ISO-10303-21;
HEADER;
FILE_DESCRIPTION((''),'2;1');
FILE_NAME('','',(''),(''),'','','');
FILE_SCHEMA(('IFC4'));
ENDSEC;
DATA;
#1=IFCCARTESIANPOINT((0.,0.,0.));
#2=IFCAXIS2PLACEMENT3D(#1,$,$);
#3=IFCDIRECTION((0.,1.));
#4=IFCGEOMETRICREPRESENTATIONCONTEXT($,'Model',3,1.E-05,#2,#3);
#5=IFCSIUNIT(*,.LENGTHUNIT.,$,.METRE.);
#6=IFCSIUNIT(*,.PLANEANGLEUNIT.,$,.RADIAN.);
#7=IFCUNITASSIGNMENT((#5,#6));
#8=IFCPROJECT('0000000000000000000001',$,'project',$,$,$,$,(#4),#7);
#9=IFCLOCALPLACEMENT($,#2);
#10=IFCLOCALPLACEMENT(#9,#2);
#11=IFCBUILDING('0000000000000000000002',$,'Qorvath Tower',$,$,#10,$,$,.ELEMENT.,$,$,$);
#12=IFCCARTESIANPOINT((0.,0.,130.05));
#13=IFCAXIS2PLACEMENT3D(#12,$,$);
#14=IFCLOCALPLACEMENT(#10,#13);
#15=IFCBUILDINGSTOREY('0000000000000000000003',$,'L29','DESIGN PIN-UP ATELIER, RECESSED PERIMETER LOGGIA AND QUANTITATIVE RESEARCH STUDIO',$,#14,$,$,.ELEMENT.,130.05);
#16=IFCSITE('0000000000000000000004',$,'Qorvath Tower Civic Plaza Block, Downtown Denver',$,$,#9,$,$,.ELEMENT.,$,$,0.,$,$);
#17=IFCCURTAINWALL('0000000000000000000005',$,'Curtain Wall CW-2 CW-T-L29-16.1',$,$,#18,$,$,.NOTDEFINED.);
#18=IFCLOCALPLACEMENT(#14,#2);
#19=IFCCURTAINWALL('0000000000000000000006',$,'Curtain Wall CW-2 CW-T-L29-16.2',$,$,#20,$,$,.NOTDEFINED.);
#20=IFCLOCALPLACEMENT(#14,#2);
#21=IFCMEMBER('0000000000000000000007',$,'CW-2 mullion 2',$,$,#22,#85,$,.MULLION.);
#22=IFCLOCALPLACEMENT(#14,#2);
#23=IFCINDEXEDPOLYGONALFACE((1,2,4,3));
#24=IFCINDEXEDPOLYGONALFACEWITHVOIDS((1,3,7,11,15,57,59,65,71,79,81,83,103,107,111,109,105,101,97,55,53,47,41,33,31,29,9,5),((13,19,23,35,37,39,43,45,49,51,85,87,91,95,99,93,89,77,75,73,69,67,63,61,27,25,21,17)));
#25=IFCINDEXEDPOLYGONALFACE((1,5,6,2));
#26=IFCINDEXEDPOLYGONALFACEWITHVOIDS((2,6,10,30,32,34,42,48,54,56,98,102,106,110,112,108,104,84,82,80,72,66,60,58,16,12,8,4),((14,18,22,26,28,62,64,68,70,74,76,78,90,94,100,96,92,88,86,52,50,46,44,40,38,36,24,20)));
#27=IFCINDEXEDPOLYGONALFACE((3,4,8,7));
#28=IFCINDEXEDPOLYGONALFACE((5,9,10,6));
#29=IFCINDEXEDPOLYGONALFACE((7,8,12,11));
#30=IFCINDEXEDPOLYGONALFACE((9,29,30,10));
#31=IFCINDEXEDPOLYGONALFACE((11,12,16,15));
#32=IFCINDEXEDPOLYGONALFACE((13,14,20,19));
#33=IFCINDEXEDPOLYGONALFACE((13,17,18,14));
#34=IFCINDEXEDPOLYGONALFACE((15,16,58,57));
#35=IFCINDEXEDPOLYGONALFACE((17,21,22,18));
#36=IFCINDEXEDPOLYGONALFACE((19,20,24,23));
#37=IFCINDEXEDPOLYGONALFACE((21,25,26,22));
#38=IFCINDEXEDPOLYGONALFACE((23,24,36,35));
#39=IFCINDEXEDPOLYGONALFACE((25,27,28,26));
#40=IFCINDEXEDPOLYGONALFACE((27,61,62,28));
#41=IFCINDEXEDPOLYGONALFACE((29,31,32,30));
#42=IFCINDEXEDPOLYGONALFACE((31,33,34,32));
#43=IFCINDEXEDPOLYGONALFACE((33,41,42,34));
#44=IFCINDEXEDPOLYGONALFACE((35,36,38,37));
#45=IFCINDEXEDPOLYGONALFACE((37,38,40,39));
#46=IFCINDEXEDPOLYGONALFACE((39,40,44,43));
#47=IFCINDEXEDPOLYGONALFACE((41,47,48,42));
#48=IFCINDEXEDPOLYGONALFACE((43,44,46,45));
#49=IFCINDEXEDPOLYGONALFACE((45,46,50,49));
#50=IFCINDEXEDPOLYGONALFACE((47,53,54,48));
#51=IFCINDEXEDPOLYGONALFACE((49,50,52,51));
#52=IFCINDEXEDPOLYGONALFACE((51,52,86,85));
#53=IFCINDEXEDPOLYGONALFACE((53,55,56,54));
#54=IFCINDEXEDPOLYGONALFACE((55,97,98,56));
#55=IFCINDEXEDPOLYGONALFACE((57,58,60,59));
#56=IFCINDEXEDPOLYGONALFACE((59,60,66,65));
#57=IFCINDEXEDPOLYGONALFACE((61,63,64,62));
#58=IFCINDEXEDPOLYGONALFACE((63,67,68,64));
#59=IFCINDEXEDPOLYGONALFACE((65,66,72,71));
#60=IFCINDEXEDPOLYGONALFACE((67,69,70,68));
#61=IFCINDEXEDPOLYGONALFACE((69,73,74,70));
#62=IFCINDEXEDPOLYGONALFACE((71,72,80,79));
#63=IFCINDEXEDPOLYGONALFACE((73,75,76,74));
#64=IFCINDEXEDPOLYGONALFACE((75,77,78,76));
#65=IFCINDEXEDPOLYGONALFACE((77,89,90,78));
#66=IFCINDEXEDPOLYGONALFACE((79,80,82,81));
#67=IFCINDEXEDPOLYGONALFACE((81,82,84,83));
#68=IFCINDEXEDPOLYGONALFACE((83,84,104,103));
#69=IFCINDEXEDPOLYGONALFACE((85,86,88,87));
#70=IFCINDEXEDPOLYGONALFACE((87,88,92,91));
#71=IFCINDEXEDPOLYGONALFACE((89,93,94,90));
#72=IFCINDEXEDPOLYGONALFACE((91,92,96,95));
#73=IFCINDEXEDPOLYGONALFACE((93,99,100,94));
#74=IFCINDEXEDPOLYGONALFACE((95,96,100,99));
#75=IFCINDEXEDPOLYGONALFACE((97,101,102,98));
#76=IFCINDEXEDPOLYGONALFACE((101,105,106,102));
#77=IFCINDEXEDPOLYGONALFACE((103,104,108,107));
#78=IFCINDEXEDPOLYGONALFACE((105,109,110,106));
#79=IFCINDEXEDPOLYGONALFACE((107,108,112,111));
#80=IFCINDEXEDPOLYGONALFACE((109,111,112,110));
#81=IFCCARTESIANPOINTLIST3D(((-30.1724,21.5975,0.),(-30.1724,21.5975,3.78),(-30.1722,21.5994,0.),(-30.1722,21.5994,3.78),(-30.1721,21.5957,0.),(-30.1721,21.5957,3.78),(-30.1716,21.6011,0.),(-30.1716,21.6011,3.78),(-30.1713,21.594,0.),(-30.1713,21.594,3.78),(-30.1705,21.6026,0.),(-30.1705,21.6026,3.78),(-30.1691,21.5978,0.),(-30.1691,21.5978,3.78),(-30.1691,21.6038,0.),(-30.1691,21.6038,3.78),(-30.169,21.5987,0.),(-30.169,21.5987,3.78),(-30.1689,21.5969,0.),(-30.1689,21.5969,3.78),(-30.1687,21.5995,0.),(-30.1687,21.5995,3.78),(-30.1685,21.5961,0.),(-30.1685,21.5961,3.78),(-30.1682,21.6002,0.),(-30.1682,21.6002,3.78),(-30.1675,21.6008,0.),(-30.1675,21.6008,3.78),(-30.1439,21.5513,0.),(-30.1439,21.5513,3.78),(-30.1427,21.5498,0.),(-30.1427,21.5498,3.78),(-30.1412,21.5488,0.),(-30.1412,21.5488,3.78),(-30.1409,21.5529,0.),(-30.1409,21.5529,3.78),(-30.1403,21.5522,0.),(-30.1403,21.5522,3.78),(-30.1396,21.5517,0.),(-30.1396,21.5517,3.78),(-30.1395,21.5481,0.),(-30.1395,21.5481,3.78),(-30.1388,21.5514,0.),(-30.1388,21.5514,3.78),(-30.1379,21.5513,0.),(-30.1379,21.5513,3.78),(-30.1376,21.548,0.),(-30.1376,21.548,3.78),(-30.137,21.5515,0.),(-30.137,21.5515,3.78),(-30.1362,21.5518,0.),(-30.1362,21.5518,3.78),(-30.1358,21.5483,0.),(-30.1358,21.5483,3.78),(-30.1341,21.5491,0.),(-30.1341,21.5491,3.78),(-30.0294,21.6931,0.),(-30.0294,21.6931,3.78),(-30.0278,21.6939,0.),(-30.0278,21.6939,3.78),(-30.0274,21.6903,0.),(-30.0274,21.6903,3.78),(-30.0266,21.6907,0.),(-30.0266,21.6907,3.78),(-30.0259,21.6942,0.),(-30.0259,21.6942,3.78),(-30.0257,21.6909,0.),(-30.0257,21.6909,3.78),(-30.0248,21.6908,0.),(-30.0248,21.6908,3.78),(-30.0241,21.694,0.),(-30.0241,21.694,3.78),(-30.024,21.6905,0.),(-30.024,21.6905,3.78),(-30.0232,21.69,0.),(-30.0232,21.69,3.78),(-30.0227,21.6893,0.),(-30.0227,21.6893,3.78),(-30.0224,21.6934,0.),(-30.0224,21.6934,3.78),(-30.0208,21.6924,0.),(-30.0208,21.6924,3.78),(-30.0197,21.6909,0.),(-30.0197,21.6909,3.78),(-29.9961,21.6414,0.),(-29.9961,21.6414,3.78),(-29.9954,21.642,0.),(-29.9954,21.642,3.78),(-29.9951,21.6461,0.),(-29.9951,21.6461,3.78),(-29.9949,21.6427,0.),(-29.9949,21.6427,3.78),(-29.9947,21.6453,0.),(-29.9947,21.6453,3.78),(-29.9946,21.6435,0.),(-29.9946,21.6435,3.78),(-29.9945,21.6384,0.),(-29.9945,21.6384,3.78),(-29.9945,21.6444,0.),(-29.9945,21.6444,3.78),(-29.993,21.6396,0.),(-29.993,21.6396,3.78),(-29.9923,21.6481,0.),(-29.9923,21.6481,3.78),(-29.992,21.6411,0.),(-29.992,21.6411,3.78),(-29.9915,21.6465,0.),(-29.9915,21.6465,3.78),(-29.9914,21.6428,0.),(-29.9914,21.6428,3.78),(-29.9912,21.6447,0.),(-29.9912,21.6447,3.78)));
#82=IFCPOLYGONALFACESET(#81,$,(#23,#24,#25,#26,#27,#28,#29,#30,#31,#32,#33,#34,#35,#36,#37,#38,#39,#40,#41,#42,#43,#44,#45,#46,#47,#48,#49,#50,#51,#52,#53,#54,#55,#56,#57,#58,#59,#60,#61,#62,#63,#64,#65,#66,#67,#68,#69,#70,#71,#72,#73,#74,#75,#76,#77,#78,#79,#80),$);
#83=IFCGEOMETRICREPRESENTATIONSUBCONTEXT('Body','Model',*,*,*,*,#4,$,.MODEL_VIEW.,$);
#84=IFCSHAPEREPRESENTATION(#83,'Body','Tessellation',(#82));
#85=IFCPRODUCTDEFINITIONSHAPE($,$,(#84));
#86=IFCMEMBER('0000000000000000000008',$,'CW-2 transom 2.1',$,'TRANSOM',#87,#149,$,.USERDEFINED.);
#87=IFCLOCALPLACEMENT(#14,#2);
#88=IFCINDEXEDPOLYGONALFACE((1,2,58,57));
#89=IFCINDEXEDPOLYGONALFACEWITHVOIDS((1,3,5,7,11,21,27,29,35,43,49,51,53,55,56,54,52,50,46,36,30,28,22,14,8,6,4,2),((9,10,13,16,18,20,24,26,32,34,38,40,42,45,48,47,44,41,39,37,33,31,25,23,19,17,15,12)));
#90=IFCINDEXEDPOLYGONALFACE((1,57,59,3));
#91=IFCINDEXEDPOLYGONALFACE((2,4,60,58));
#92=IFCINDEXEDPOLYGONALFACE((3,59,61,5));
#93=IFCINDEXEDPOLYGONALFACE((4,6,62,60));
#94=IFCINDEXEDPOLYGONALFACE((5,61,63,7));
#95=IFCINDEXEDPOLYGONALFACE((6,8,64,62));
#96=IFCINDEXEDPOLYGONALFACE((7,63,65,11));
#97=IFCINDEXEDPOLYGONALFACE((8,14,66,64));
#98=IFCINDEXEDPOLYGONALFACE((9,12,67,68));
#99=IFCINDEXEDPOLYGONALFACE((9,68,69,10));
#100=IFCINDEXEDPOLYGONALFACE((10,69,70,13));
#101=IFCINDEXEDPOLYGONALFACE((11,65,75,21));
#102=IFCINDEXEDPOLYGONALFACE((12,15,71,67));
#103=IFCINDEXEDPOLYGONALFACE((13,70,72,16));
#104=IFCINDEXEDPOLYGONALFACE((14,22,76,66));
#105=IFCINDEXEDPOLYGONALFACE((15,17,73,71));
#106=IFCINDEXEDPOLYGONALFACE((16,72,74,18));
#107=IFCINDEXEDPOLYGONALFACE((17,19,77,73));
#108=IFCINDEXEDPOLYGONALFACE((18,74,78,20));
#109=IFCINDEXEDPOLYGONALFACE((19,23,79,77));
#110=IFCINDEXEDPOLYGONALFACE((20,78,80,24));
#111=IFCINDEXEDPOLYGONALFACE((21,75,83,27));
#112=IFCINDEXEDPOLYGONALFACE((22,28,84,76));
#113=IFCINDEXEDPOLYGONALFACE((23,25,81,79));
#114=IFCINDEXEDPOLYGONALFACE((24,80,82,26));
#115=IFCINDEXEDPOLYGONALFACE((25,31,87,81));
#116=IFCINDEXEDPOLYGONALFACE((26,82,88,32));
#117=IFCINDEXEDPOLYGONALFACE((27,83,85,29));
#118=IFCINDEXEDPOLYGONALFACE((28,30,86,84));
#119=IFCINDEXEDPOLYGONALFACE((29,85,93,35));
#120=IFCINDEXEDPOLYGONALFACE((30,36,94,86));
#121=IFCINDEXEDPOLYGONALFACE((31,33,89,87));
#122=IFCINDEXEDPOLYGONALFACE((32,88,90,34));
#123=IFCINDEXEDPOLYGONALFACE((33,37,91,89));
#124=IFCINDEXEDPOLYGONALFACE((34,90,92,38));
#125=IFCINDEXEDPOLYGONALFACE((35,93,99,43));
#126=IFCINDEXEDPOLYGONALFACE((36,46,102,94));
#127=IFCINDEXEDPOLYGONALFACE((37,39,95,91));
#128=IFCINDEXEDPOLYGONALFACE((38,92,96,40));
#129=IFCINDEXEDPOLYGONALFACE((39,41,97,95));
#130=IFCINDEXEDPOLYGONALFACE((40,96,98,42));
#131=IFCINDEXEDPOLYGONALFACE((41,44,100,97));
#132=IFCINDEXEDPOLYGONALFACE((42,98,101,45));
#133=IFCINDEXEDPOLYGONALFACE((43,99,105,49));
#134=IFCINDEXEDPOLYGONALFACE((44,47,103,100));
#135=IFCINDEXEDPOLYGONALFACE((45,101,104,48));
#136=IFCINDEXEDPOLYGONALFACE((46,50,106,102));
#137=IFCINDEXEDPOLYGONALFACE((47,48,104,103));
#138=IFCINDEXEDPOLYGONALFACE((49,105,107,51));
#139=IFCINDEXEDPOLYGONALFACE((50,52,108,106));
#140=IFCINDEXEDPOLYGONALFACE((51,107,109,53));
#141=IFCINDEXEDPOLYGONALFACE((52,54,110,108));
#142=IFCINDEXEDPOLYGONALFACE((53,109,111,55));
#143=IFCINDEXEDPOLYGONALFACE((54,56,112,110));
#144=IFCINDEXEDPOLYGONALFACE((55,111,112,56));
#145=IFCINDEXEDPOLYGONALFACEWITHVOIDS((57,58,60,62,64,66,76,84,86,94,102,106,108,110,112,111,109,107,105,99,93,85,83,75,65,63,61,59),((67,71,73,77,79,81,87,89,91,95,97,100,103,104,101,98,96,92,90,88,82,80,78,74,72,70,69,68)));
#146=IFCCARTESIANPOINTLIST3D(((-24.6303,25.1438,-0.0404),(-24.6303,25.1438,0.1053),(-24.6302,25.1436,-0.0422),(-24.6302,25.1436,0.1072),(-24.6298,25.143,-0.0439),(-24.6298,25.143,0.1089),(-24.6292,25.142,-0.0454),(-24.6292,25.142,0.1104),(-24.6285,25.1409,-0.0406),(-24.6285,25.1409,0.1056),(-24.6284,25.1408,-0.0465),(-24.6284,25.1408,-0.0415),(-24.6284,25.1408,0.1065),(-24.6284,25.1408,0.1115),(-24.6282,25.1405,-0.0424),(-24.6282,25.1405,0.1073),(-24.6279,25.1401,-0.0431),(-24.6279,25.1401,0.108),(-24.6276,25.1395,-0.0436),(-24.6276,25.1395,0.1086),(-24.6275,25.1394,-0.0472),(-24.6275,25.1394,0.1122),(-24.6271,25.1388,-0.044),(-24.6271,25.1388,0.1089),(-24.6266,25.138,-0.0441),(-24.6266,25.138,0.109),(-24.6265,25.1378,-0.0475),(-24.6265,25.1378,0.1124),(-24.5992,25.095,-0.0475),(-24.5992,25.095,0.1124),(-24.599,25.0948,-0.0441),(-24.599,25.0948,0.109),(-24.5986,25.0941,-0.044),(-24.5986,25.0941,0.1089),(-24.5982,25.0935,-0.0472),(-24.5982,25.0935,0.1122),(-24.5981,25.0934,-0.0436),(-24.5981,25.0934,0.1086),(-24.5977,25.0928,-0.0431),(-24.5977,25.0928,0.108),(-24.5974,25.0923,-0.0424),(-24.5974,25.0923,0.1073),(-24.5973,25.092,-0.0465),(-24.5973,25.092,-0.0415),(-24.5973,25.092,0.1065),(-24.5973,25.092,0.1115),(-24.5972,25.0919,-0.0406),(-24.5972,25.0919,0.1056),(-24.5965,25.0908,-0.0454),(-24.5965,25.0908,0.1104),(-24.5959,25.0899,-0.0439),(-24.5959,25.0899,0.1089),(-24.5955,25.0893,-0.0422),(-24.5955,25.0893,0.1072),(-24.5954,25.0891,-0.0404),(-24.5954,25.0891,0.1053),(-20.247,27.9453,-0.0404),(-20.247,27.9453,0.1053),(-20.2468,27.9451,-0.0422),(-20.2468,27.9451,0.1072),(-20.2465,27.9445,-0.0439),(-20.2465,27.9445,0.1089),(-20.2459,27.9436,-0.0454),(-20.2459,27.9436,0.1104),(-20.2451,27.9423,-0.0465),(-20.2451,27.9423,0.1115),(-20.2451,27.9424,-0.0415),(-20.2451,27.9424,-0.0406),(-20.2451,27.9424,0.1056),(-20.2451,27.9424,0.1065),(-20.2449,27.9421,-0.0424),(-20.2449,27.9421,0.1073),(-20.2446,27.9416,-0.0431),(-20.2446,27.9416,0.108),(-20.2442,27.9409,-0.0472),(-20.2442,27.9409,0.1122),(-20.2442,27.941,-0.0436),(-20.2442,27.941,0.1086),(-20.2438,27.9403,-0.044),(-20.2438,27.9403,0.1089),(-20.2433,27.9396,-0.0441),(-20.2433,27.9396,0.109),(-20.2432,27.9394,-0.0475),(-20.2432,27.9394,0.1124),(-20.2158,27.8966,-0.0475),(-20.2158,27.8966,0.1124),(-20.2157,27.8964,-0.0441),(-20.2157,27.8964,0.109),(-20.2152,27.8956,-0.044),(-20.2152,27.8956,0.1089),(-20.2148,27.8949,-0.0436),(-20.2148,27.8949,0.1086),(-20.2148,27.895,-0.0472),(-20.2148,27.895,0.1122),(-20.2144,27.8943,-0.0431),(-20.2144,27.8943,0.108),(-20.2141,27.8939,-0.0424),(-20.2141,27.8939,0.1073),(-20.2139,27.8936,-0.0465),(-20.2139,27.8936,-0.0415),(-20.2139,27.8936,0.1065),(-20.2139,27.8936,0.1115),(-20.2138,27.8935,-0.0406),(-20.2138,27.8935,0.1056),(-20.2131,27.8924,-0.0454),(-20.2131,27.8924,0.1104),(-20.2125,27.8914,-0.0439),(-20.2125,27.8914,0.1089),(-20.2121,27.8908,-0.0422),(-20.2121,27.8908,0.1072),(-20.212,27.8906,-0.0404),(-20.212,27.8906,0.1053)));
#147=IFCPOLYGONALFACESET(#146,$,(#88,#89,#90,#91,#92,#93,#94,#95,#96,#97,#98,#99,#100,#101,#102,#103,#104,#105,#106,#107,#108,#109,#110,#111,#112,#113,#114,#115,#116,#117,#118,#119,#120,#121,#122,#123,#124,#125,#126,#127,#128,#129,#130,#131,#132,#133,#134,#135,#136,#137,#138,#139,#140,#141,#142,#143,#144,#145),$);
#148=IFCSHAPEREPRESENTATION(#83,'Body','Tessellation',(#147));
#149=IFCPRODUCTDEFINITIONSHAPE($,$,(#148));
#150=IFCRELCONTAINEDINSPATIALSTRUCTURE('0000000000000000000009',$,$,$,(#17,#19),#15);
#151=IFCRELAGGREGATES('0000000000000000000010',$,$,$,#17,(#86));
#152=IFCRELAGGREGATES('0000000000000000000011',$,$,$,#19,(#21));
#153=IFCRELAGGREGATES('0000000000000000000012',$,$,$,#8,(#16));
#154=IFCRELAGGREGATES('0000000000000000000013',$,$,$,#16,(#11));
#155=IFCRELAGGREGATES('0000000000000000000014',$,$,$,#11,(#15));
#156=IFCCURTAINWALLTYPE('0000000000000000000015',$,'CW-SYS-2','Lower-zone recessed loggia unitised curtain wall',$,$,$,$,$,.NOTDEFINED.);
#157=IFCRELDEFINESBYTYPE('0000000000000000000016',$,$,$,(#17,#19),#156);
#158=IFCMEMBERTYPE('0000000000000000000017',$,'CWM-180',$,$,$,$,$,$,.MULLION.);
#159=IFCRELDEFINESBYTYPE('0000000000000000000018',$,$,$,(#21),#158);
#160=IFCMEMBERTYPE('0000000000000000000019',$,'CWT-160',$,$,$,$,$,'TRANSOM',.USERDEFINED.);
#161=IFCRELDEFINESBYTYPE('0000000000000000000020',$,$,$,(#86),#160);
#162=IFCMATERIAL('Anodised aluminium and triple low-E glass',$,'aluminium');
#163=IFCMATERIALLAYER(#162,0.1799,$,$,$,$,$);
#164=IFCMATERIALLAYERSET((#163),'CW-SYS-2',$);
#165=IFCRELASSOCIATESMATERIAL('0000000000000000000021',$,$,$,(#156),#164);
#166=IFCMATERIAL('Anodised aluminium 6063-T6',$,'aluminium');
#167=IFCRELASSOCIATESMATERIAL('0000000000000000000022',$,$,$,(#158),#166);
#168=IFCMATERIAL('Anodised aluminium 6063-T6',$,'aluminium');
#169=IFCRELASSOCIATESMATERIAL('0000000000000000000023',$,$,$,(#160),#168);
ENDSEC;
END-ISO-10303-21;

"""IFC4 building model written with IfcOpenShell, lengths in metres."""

from ifc_helpers import new_model, si_unit, direction, frame, origin, origin_2d, place, context, subcontext, project, spatial, hollow_rectangle, extrude, material, layer, layer_set, material_profile, profile_set, type_object, element, aggregate, save


model = new_model("IFC4")

# Units and contexts
model_context = context("Model", 3, precision=1e-05, world=origin(), true_north=direction((0.0, 1.0)))
body_context = subcontext(model_context, "Body", "Model", "MODEL_VIEW")
ifc_project = project(units=[si_unit("LENGTHUNIT", "METRE"), si_unit("PLANEANGLEUNIT", "RADIAN")], contexts=[model_context])

# Site, building, storey
site_placement = place(None, origin())
site = spatial("IfcSite", under=ifc_project, at=site_placement, Name="Qorvath Tower Civic Plaza Block, Downtown Denver", CompositionType="ELEMENT", RefElevation=0.0)
building_placement = place(site_placement, origin())
building = spatial("IfcBuilding", under=site, at=building_placement, Name="Qorvath Tower", CompositionType="ELEMENT")
storey_placement = place(building_placement, frame((0.0, 0.0, 130.05)))
storey = spatial("IfcBuildingStorey", under=building, at=storey_placement, Name="L29", Description="DESIGN PIN-UP ATELIER, RECESSED PERIMETER LOGGIA AND QUANTITATIVE RESEARCH STUDIO", CompositionType="ELEMENT", Elevation=130.05)

# Curtain wall
ifc_material_1 = material(Name="Anodised aluminium and triple low-E glass", Category="aluminium")
ifc_layer_1 = layer(ifc_material_1, 0.1799)
ifc_layer_set_1 = layer_set([ifc_layer_1], Name="CW-SYS-2")
curtain_wall_type = type_object("IfcCurtainWallType", Name="CW-SYS-2", Description="Lower-zone recessed loggia unitised curtain wall", PredefinedType="NOTDEFINED", material=ifc_layer_set_1)
curtain_wall_1_placement = place(storey_placement, origin())
curtain_wall_1 = element("IfcCurtainWall", 1, at=curtain_wall_1_placement, inside=storey, type_object=curtain_wall_type, Name="Curtain Wall CW-2 CW-T-L29-16.1", PredefinedType="NOTDEFINED")
ifc_material_2 = material(Name="Anodised aluminium 6063-T6", Category="aluminium")
ifc_material_profile_1 = material_profile(ifc_material_2, hollow_rectangle(XDim=0.0649, YDim=0.1799, WallThickness=0.0034, InnerFilletRadius=0.0034, OuterFilletRadius=0.0071, at=origin_2d()), Name="CWM 180x65")
ifc_profile_set_1 = profile_set([ifc_material_profile_1], Name="Anodised aluminium 6063-T6")
member_type_1 = type_object("IfcMemberType", Name="CWM-180", PredefinedType="MULLION", material=ifc_profile_set_1)

# Curtain wall, member
curtain_wall_2_placement = place(storey_placement, origin())
curtain_wall_2 = element("IfcCurtainWall", 2, at=curtain_wall_2_placement, inside=storey, type_object=curtain_wall_type, Name="Curtain Wall CW-2 CW-T-L29-16.2", PredefinedType="NOTDEFINED")
member_1_placement = place(storey_placement, frame((-30.0818, 21.6211, 0.0), z_axis=(0.0, 0.0, 1.0), x_axis=(0.53853, -0.842607, 0.0)))
member_1 = element("IfcMember", 3, at=member_1_placement, type_object=member_type_1, Name="CW-2 mullion 2", PredefinedType="MULLION", context=body_context, shape_type="SweptSolid", body=[
    extrude(hollow_rectangle(XDim=0.0649, YDim=0.1799, WallThickness=0.0034, InnerFilletRadius=0.0034, OuterFilletRadius=0.0071, at=origin_2d()), origin(), (0.0, 0.0, 1.0), 3.78),
])

# Member
ifc_material_3 = material(Name="Anodised aluminium 6063-T6", Category="aluminium")
ifc_material_profile_2 = material_profile(ifc_material_3, hollow_rectangle(XDim=0.0649, YDim=0.1599, WallThickness=0.0034, InnerFilletRadius=0.0034, OuterFilletRadius=0.0071, at=origin_2d()), Name="CWT 160x65")
ifc_profile_set_2 = profile_set([ifc_material_profile_2], Name="Anodised aluminium 6063-T6")
member_type_2 = type_object("IfcMemberType", Name="CWT-160", ElementType="TRANSOM", PredefinedType="USERDEFINED", material=ifc_profile_set_2)
member_2_placement = place(storey_placement, frame((-20.2295, 27.918, 0.0325), z_axis=(-0.842603, -0.538536, 0.0), x_axis=(0.538536, -0.842603, 0.0)))
member_2 = element("IfcMember", 4, at=member_2_placement, type_object=member_type_2, Name="CW-2 transom 2.1", ObjectType="TRANSOM", PredefinedType="USERDEFINED", context=body_context, shape_type="SweptSolid", body=[
    extrude(hollow_rectangle(XDim=0.0649, YDim=0.1599, WallThickness=0.0034, InnerFilletRadius=0.0034, OuterFilletRadius=0.0071, at=origin_2d()), origin(), (0.0, 0.0, 1.0), 5.2021),
])

aggregate(curtain_wall_1, [member_2])
aggregate(curtain_wall_2, [member_1])

save(model, "model.ifc")
